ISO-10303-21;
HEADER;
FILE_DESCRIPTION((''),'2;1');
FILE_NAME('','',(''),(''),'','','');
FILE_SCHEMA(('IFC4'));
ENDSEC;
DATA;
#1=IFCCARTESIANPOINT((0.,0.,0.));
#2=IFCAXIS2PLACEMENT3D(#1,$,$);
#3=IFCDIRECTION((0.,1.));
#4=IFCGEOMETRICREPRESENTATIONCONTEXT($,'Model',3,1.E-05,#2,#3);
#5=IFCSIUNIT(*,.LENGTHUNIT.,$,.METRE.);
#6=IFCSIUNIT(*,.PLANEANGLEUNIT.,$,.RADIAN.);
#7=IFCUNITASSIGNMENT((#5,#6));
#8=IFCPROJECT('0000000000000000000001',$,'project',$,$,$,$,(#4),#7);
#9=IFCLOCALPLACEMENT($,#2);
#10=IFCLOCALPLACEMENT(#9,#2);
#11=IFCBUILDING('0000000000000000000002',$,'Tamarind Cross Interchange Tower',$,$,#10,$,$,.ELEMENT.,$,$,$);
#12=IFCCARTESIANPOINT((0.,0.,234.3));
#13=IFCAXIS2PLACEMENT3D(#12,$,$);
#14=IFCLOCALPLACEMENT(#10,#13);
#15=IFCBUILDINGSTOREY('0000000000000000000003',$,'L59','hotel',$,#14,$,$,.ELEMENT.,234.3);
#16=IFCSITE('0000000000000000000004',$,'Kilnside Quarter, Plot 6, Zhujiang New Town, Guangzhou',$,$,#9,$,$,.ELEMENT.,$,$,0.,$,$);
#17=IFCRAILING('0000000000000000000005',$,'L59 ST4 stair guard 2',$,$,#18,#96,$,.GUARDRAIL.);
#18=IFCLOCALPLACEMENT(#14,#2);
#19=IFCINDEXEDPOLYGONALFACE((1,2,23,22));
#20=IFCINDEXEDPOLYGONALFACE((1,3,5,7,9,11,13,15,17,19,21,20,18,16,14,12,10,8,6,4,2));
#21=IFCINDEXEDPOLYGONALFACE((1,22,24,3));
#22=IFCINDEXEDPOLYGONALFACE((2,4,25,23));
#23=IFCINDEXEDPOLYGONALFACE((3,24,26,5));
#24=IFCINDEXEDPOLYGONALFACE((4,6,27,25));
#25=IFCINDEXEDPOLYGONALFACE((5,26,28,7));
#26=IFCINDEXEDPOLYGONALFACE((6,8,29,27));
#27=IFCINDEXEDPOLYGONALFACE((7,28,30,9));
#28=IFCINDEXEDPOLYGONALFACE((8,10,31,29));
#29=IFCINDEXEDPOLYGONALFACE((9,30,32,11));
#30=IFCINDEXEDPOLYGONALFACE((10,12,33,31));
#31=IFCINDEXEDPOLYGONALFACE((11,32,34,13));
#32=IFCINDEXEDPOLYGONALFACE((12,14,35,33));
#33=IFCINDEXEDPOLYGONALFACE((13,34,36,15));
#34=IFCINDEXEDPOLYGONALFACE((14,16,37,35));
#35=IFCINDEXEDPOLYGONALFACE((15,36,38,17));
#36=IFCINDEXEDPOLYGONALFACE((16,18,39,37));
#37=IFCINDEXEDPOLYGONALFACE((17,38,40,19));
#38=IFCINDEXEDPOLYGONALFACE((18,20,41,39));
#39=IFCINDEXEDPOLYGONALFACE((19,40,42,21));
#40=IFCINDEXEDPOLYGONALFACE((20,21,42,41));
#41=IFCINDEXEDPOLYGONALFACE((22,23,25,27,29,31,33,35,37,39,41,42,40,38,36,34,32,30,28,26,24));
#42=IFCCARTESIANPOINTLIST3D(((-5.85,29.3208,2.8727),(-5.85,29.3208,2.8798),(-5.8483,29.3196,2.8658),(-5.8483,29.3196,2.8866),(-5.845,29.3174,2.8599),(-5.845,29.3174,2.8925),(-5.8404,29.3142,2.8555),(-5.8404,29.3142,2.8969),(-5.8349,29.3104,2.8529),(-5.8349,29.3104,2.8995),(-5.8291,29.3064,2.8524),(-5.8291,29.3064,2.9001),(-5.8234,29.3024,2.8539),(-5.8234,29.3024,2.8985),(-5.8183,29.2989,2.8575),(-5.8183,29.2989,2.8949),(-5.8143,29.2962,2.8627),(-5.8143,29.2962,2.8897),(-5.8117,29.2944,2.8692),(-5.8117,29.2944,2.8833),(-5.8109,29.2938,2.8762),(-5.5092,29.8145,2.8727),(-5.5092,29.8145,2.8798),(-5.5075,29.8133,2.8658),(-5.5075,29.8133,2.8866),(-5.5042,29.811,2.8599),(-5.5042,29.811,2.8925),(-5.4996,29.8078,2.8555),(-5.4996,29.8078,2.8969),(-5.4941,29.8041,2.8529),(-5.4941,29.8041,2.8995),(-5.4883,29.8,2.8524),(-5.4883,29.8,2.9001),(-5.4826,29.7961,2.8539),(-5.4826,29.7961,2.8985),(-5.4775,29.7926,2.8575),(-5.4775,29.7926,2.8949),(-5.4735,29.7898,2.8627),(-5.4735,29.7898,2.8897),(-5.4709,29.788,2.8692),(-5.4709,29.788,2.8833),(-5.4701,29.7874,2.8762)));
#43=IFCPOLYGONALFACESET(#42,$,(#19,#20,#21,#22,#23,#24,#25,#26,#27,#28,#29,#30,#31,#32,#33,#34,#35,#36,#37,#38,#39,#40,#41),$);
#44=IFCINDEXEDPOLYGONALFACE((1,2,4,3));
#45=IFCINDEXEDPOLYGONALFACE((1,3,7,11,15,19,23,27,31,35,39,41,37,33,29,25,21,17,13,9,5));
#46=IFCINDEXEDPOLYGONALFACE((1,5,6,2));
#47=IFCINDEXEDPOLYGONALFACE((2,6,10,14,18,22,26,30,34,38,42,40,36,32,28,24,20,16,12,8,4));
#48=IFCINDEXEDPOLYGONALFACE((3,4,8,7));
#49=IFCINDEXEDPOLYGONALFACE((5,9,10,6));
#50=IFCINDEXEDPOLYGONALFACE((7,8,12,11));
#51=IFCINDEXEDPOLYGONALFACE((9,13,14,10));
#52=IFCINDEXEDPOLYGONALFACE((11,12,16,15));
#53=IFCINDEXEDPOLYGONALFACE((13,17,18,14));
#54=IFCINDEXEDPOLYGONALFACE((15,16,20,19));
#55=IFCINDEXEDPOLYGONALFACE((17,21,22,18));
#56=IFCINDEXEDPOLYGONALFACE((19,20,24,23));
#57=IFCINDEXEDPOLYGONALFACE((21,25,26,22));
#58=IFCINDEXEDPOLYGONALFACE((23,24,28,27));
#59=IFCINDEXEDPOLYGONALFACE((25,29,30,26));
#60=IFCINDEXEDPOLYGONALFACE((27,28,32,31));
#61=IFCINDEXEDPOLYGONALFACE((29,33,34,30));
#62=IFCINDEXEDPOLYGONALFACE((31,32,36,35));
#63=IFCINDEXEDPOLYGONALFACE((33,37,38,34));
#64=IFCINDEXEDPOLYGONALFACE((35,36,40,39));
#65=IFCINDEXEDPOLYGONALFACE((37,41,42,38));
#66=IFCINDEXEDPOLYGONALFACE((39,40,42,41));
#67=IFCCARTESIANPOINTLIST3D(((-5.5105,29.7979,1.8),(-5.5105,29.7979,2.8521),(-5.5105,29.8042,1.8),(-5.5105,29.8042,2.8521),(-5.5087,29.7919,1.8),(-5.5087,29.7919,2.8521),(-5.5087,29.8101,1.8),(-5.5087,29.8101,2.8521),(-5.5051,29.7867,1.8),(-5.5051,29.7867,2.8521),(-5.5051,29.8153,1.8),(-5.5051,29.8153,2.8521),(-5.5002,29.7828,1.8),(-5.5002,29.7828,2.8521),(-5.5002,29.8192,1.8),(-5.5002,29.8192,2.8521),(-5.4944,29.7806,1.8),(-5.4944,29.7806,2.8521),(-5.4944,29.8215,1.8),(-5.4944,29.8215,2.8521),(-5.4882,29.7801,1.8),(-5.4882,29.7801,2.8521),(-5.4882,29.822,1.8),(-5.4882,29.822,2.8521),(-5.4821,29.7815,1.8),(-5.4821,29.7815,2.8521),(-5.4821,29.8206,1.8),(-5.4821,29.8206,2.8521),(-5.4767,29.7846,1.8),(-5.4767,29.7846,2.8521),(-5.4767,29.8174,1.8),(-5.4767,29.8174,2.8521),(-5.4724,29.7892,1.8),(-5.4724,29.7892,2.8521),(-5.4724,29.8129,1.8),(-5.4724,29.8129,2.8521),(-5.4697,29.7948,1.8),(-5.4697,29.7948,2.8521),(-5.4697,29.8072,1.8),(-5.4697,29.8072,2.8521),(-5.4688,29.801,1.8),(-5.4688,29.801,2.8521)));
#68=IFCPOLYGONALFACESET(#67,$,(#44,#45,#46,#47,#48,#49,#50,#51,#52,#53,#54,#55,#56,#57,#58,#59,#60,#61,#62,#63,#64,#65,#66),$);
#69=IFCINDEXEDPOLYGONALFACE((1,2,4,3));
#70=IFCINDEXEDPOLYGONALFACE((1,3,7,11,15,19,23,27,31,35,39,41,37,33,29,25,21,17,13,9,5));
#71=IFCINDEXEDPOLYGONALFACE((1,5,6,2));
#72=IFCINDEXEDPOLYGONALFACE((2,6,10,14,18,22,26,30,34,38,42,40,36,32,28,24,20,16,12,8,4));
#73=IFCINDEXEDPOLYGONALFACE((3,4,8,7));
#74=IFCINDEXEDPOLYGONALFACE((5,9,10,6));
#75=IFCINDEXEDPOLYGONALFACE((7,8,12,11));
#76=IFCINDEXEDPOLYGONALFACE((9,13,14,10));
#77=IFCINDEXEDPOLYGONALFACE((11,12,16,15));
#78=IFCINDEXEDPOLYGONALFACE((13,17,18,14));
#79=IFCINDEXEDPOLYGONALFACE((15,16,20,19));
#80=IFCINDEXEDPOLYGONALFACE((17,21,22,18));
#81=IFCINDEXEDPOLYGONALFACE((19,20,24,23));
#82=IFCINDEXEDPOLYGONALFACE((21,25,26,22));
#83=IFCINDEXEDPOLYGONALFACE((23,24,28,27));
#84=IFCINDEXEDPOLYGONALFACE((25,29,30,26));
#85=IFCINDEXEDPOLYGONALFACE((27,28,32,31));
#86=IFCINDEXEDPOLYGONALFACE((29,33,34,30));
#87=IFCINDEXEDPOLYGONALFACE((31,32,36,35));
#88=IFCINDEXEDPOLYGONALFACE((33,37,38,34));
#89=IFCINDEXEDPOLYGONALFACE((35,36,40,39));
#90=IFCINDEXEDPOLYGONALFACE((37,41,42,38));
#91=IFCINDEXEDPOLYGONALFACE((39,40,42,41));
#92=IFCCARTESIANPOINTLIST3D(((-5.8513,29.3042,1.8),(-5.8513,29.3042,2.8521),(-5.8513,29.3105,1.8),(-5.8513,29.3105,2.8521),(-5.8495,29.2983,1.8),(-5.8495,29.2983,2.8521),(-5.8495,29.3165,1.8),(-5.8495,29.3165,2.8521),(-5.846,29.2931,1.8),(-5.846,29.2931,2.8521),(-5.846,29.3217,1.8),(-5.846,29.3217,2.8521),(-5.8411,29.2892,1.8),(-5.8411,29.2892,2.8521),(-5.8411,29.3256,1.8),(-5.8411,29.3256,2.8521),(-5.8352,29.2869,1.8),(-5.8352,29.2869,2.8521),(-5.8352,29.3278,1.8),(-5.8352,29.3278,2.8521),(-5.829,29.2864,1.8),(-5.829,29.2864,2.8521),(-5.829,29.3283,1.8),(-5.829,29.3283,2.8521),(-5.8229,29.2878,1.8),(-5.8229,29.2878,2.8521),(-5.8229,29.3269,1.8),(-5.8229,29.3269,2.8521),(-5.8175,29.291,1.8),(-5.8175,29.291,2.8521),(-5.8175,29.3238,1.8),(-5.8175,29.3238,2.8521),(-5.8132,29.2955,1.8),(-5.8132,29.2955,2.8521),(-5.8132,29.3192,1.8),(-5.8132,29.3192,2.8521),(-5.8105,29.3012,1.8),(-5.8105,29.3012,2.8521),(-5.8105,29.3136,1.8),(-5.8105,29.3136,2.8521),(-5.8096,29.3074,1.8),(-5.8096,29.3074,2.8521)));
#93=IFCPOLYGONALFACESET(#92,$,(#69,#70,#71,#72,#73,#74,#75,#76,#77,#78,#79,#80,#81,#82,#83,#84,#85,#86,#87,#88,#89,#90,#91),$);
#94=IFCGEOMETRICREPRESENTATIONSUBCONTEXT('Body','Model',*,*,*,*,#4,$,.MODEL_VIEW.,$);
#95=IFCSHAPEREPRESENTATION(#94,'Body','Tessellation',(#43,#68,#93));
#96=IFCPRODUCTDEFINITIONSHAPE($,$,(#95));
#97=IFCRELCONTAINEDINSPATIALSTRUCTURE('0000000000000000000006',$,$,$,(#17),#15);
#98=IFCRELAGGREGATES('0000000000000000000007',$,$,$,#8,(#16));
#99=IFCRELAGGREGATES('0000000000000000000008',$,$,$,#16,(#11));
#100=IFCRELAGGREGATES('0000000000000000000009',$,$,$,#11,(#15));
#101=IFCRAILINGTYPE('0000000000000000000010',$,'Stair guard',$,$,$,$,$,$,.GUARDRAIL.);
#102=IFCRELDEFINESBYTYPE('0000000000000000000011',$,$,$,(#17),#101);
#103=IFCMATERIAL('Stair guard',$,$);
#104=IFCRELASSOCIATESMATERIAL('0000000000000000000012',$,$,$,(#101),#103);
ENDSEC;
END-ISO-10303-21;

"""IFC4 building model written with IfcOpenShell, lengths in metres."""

from ifc_helpers import new_model, si_unit, direction, frame, origin, origin_2d, place, context, subcontext, project, spatial, circle, extrude, material, type_object, element, save


model = new_model("IFC4")

# Units and contexts
model_context = context("Model", 3, precision=1e-05, world=origin(), true_north=direction((0.0, 1.0)))
body_context = subcontext(model_context, "Body", "Model", "MODEL_VIEW")
ifc_project = project(units=[si_unit("LENGTHUNIT", "METRE"), si_unit("PLANEANGLEUNIT", "RADIAN")], contexts=[model_context])

# Site, building, storey
site_placement = place(None, origin())
site = spatial("IfcSite", under=ifc_project, at=site_placement, Name="Kilnside Quarter, Plot 6, Zhujiang New Town, Guangzhou", CompositionType="ELEMENT", RefElevation=0.0)
building_placement = place(site_placement, origin())
building = spatial("IfcBuilding", under=site, at=building_placement, Name="Tamarind Cross Interchange Tower", CompositionType="ELEMENT")
storey_placement = place(building_placement, frame((0.0, 0.0, 234.3)))
storey = spatial("IfcBuildingStorey", under=building, at=storey_placement, Name="L59", Description="hotel", CompositionType="ELEMENT", Elevation=234.3)

# Railing
ifc_material_1 = material(Name="Stair guard")
railing_type_1 = type_object("IfcRailingType", Name="Stair guard", PredefinedType="GUARDRAIL", material=ifc_material_1)
railing_1_placement = place(storey_placement, frame((-5.4897, 29.801, 1.8)))
element("IfcRailing", 1, at=railing_1_placement, inside=storey, type_object=railing_type_1, Name="L59 ST4 stair guard 2", PredefinedType="GUARDRAIL", context=body_context, shape_type="SweptSolid", body=[
    extrude(circle(Radius=0.0239, at=origin_2d()), frame((0.0, 0.0, 1.0762), z_axis=(-0.568151, -0.822924, 0.0), x_axis=(0.822924, -0.568151, 0.0)), (0.0, 0.0, 1.0), 0.5999),
    extrude(circle(Radius=0.021, at=origin_2d()), origin(), (0.0, 0.0, 1.0), 1.052),
    extrude(circle(Radius=0.021, at=origin_2d()), frame((-0.3408, -0.4937, 0.0)), (0.0, 0.0, 1.0), 1.052),
])

save(model, "model.ifc")
